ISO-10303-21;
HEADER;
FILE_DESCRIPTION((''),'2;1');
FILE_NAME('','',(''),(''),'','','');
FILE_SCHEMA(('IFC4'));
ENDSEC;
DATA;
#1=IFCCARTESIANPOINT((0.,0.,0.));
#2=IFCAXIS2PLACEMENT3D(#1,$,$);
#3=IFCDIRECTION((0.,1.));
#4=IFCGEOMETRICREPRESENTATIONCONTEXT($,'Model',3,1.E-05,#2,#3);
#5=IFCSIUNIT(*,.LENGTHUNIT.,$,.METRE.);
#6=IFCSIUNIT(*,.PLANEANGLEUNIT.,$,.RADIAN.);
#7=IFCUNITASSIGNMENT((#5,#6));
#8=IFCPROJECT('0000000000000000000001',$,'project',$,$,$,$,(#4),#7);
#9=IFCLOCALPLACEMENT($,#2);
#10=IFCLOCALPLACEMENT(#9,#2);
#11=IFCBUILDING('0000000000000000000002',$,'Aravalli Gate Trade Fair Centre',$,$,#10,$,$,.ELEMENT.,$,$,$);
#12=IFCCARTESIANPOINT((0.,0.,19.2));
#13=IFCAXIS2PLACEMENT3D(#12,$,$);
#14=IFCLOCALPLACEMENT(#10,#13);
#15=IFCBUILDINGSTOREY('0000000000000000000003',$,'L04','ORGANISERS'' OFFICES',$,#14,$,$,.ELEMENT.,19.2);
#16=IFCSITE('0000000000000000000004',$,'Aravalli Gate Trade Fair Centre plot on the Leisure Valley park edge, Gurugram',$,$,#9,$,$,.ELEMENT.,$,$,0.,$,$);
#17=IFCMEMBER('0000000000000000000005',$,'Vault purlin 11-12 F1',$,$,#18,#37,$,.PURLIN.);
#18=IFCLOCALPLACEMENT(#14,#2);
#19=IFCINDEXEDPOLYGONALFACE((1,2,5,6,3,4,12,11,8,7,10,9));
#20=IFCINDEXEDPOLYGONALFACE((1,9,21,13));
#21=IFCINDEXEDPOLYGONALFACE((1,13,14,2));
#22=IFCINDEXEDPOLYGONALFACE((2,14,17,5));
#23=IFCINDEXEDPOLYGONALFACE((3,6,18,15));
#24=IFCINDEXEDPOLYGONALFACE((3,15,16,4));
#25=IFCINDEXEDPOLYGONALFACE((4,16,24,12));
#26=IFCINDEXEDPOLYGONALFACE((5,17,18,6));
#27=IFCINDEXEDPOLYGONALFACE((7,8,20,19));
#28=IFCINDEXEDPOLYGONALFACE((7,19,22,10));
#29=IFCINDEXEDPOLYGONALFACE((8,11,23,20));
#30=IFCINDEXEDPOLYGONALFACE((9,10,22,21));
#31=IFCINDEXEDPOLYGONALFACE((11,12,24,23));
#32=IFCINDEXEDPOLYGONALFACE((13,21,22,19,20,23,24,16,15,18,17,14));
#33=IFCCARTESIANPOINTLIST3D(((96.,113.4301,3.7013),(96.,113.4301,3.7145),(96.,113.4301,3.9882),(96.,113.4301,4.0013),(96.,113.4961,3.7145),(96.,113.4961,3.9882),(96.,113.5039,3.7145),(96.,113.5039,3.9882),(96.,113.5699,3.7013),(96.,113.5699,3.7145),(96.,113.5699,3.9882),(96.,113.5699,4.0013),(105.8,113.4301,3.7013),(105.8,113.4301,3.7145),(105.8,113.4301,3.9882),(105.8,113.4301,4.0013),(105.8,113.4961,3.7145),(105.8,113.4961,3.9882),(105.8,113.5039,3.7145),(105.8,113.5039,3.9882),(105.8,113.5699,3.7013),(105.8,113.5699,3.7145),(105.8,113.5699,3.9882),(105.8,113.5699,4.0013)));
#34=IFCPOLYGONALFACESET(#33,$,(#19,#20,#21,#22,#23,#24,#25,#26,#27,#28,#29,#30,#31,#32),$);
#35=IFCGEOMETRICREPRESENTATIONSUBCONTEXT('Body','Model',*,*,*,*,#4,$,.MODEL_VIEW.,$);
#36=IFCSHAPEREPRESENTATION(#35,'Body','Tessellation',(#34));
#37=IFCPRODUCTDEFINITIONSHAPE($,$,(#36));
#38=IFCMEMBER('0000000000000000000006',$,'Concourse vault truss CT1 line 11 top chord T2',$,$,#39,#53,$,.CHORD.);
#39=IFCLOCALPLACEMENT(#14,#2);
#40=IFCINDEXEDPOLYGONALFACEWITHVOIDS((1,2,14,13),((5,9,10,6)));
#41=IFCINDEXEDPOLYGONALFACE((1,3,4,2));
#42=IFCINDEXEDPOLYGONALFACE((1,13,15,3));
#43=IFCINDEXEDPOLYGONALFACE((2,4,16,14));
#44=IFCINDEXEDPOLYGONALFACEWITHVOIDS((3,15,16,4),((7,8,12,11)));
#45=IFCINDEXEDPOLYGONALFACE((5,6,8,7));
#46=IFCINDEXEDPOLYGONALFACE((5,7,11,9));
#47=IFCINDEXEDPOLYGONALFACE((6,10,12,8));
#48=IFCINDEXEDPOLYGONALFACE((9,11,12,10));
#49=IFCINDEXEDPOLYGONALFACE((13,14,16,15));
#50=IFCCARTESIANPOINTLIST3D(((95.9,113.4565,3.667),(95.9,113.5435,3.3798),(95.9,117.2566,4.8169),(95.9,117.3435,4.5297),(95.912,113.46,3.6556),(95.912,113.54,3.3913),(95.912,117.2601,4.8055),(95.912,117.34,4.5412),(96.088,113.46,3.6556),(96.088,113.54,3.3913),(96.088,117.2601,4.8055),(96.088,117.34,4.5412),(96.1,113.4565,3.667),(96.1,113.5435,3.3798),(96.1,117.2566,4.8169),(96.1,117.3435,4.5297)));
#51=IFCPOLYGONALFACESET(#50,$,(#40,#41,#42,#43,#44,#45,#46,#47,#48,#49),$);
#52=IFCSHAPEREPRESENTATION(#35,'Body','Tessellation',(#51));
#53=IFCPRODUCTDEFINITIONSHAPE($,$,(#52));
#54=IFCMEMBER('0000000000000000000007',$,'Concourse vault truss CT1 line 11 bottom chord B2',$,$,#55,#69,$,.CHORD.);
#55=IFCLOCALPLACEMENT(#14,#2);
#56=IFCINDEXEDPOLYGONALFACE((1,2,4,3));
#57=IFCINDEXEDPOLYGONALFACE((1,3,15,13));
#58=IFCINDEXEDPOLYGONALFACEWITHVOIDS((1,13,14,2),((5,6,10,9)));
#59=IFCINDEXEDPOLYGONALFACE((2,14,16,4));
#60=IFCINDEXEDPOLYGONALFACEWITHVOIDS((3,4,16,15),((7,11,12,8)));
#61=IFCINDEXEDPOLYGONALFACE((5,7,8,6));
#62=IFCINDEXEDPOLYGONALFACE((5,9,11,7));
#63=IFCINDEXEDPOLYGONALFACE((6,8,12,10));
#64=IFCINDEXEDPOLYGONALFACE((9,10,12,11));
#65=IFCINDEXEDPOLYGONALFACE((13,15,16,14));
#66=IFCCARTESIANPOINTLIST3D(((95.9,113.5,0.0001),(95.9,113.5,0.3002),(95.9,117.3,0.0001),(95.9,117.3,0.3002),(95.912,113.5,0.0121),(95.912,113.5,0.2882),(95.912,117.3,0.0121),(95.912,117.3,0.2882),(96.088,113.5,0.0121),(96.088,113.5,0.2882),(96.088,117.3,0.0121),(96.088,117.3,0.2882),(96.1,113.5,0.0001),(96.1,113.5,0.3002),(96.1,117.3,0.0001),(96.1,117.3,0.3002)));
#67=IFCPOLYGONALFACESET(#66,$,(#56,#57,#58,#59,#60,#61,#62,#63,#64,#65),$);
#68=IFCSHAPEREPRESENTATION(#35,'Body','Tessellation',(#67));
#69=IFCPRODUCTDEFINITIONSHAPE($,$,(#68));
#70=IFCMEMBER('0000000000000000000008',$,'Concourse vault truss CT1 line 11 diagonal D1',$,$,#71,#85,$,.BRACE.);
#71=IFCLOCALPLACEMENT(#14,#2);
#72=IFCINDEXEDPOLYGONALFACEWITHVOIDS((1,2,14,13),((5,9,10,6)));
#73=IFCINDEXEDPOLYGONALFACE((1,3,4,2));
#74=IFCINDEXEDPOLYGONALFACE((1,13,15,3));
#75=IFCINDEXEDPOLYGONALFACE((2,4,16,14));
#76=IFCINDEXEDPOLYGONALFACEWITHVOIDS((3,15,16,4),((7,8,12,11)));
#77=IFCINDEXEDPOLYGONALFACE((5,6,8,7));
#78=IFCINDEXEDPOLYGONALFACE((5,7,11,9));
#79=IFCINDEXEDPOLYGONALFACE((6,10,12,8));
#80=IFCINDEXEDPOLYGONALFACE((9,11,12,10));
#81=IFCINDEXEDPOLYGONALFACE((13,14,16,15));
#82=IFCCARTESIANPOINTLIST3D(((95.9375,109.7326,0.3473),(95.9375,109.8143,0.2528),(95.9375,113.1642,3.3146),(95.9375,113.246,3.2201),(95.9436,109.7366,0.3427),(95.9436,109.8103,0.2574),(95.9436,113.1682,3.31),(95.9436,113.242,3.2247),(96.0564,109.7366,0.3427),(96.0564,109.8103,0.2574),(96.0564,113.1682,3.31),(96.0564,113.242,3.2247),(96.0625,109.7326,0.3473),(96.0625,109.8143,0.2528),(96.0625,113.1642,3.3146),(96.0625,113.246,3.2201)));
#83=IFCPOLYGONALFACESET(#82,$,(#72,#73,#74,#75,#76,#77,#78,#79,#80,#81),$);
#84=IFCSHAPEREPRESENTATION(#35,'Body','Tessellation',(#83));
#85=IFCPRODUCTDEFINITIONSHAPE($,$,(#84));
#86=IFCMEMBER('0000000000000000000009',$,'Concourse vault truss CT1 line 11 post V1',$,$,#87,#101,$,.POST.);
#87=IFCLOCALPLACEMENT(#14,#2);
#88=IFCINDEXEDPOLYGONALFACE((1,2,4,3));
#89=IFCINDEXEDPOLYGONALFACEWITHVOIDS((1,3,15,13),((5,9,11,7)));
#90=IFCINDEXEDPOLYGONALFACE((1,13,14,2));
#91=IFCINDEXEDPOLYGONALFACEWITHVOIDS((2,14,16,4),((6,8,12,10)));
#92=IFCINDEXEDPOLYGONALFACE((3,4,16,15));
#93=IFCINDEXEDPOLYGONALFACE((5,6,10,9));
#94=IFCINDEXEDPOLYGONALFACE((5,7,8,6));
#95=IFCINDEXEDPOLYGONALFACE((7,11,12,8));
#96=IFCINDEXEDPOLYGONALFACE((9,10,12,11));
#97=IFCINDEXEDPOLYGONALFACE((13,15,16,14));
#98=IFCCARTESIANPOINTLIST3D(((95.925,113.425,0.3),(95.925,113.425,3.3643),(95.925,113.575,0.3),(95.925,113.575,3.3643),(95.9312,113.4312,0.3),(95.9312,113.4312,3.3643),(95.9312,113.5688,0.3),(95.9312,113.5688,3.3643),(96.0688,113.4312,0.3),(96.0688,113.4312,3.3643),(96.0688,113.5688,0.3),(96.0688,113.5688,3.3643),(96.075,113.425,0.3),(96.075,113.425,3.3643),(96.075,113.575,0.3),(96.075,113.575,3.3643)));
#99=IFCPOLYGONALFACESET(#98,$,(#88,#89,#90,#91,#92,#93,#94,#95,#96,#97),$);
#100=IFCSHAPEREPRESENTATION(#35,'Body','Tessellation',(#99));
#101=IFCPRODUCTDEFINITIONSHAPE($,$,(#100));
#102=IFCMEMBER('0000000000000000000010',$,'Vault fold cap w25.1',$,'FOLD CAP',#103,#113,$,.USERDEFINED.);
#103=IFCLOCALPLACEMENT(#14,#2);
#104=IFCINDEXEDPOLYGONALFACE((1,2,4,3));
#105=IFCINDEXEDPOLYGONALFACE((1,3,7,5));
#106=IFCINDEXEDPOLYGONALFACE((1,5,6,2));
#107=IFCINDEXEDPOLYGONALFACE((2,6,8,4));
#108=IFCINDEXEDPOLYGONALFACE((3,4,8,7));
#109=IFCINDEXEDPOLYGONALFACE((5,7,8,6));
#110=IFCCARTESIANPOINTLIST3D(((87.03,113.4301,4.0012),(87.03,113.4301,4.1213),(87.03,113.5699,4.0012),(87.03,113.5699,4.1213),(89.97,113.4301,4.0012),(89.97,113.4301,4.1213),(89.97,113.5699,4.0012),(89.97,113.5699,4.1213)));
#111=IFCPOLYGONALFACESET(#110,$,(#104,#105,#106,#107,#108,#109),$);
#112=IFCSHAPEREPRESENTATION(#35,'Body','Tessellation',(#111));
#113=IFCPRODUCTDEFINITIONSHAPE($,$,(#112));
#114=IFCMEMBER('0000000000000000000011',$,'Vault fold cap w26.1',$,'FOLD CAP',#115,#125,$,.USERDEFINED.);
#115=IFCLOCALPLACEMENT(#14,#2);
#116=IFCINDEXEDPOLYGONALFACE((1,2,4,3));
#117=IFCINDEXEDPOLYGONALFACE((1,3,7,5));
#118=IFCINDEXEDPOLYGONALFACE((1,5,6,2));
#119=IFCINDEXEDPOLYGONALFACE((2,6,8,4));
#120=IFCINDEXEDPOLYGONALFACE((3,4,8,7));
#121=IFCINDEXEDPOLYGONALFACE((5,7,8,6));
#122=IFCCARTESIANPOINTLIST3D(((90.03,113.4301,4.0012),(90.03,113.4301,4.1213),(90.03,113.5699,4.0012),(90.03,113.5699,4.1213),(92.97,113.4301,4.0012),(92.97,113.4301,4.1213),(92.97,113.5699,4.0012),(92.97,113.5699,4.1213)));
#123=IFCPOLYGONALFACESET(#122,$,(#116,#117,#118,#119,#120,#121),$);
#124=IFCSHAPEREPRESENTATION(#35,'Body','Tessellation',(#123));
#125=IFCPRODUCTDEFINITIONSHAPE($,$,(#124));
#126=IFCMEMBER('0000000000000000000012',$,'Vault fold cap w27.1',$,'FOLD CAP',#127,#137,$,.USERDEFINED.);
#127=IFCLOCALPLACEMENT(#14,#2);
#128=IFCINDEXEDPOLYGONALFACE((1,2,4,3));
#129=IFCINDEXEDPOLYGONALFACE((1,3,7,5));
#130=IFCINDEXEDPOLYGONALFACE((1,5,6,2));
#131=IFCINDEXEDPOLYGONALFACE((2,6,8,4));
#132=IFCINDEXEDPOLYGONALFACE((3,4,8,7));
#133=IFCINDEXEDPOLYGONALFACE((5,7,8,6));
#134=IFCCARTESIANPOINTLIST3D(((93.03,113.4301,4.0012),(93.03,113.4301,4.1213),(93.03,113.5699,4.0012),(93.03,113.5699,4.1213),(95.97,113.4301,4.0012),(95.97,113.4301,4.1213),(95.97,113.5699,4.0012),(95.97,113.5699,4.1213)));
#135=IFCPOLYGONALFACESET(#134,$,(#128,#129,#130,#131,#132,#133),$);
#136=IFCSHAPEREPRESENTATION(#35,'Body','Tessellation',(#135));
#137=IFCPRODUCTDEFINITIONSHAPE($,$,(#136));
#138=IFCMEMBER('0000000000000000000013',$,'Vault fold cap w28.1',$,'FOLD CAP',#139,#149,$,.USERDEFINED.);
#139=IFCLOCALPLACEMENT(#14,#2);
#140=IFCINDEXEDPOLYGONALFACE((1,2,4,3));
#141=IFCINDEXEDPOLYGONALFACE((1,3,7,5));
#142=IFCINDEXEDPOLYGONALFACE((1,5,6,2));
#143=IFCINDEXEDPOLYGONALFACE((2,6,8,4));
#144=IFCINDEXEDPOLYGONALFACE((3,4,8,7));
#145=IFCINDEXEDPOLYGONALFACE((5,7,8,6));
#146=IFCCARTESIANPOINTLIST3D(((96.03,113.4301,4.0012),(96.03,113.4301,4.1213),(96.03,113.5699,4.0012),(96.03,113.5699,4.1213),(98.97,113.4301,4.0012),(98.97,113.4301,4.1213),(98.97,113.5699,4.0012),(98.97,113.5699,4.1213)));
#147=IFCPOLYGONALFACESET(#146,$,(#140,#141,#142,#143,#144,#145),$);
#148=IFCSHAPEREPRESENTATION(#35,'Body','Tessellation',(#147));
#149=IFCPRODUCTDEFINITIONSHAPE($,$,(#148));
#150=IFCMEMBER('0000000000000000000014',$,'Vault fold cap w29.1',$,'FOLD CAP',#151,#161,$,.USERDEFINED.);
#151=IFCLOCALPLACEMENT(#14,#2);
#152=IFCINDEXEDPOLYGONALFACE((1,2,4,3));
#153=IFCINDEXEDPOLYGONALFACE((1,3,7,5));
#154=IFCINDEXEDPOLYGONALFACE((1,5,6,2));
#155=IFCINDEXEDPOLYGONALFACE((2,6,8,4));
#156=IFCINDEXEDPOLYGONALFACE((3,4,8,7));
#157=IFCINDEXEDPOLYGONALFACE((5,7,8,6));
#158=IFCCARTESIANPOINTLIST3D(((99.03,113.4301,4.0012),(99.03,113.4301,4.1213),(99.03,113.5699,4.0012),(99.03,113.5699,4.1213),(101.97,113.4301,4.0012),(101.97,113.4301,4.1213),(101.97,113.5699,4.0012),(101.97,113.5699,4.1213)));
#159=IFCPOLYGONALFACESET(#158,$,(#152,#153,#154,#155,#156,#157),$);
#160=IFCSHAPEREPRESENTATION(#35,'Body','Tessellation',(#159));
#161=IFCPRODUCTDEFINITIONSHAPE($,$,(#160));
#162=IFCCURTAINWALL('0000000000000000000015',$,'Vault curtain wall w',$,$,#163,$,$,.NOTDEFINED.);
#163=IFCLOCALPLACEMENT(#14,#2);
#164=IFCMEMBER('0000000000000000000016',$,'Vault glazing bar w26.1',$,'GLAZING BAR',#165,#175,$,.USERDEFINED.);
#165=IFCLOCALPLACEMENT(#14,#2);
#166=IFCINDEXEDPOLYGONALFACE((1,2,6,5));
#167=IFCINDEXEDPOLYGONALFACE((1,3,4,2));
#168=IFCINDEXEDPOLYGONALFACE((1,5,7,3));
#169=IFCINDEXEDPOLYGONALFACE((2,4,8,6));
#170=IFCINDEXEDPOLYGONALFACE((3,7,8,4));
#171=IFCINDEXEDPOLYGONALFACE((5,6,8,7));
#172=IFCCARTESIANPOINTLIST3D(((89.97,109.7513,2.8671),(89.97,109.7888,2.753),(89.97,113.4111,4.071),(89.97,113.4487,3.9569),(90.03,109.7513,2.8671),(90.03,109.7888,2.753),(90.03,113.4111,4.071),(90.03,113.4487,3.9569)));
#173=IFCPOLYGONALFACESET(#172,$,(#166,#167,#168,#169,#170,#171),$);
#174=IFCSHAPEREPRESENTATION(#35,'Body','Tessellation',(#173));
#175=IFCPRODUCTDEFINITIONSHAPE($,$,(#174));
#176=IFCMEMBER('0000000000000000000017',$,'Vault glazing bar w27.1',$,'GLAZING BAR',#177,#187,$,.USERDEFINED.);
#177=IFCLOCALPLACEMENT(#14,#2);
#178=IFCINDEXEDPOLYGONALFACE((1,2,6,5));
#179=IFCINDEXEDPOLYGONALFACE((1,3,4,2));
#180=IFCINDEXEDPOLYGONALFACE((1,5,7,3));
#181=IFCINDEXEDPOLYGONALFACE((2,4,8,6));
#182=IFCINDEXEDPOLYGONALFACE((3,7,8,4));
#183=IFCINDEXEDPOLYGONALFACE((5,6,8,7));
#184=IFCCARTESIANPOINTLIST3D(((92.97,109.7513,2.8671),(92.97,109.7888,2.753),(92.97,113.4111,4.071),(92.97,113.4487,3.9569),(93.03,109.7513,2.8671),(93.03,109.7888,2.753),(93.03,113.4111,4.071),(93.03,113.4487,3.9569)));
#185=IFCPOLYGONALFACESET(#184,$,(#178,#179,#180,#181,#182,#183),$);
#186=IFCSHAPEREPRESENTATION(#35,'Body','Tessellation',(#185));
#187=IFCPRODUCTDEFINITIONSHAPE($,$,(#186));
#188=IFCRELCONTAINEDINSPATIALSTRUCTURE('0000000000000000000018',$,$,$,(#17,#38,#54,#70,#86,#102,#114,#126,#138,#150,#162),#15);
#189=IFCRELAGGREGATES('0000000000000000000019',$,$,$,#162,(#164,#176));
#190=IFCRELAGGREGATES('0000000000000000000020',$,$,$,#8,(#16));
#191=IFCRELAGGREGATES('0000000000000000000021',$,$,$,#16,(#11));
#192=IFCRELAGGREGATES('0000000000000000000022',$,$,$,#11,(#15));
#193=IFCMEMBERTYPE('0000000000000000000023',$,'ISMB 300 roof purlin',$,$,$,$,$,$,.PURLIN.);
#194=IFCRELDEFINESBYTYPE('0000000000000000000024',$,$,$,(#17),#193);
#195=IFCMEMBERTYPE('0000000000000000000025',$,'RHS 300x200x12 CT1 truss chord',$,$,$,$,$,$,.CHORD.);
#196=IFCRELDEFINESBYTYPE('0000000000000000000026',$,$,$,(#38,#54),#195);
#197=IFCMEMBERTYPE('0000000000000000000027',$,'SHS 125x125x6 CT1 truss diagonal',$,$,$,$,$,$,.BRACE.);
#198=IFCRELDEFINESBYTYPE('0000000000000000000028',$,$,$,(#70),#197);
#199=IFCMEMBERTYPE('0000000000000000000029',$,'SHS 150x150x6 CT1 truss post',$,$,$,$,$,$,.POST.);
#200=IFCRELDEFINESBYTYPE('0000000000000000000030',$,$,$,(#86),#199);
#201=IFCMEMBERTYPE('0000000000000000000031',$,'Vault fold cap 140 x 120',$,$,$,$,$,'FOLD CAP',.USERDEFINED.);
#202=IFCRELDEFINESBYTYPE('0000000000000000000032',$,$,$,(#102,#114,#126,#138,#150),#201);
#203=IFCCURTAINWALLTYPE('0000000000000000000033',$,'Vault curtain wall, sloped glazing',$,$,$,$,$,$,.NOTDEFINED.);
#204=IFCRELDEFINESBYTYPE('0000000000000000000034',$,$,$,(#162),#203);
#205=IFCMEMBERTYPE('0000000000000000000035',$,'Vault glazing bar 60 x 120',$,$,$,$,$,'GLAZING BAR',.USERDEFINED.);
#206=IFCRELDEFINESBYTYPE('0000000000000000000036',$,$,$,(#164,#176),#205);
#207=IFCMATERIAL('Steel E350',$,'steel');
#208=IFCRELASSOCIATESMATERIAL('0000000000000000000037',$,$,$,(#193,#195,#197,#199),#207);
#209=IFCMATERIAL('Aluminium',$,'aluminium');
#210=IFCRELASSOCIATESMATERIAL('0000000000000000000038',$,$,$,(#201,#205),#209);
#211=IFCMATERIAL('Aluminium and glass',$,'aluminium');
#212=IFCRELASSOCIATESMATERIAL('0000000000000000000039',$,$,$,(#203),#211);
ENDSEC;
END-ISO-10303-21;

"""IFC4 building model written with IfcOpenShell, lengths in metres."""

from ifc_helpers import new_model, si_unit, direction, frame, origin, origin_2d, place, context, subcontext, project, spatial, rectangle, hollow_rectangle, i_section, extrude, material, material_profile, profile_set, type_object, element, aggregate, save


model = new_model("IFC4")

# Units and contexts
model_context = context("Model", 3, precision=1e-05, world=origin(), true_north=direction((0.0, 1.0)))
body_context = subcontext(model_context, "Body", "Model", "MODEL_VIEW")
ifc_project = project(units=[si_unit("LENGTHUNIT", "METRE"), si_unit("PLANEANGLEUNIT", "RADIAN")], contexts=[model_context])

# Site, building, storey
site_placement = place(None, origin())
site = spatial("IfcSite", under=ifc_project, at=site_placement, Name="Aravalli Gate Trade Fair Centre plot on the Leisure Valley park edge, Gurugram", CompositionType="ELEMENT", RefElevation=0.0)
building_placement = place(site_placement, origin())
building = spatial("IfcBuilding", under=site, at=building_placement, Name="Aravalli Gate Trade Fair Centre", CompositionType="ELEMENT")
storey_placement = place(building_placement, frame((0.0, 0.0, 19.2)))
storey = spatial("IfcBuildingStorey", under=building, at=storey_placement, Name="L04", Description="ORGANISERS' OFFICES", CompositionType="ELEMENT", Elevation=19.2)

# Members
ifc_material_1 = material(Name="Steel E350", Category="steel")
ifc_material_profile_1 = material_profile(ifc_material_1, i_section(OverallWidth=0.1399, OverallDepth=0.3, WebThickness=0.0078, FlangeThickness=0.0132, at=origin_2d()), Name="ISMB 300")
ifc_profile_set_1 = profile_set([ifc_material_profile_1], Name="Steel E350")
member_type_1 = type_object("IfcMemberType", Name="ISMB 300 roof purlin", PredefinedType="PURLIN", material=ifc_profile_set_1)
member_1_placement = place(storey_placement, frame((96.0, 113.5, 3.8513), z_axis=(1.0, 0.0, 0.0), x_axis=(0.0, 1.0, 0.0)))
element("IfcMember", 1, at=member_1_placement, inside=storey, type_object=member_type_1, Name="Vault purlin 11-12 F1", PredefinedType="PURLIN", context=body_context, shape_type="SweptSolid", body=[
    extrude(i_section(OverallWidth=0.1399, OverallDepth=0.3, WebThickness=0.0078, FlangeThickness=0.0132, at=origin_2d()), origin(), (0.0, 0.0, 1.0), 9.8),
])
ifc_material_profile_2 = material_profile(ifc_material_1, hollow_rectangle(XDim=0.2, YDim=0.3, WallThickness=0.012, at=origin_2d()), Name="RHS 300x200x12")
ifc_profile_set_2 = profile_set([ifc_material_profile_2], Name="Steel E350")
member_type_2 = type_object("IfcMemberType", Name="RHS 300x200x12 CT1 truss chord", PredefinedType="CHORD", material=ifc_profile_set_2)
member_2_placement = place(storey_placement, frame((96.0, 113.5, 3.5234), z_axis=(0.0, 0.957138, 0.289632), x_axis=(-1.0, 0.0, 0.0)))
element("IfcMember", 2, at=member_2_placement, inside=storey, type_object=member_type_2, Name="Concourse vault truss CT1 line 11 top chord T2", PredefinedType="CHORD", context=body_context, shape_type="SweptSolid", body=[
    extrude(hollow_rectangle(XDim=0.2, YDim=0.3, WallThickness=0.012, at=origin_2d()), origin(), (0.0, 0.0, 1.0), 3.9702),
])
member_3_placement = place(storey_placement, frame((96.0, 113.5, 0.1501), z_axis=(0.0, 1.0, 0.0), x_axis=(-1.0, 0.0, 0.0)))
element("IfcMember", 3, at=member_3_placement, inside=storey, type_object=member_type_2, Name="Concourse vault truss CT1 line 11 bottom chord B2", PredefinedType="CHORD", context=body_context, shape_type="SweptSolid", body=[
    extrude(hollow_rectangle(XDim=0.2, YDim=0.3, WallThickness=0.012, at=origin_2d()), origin(), (0.0, 0.0, 1.0), 3.8),
])
ifc_material_profile_3 = material_profile(ifc_material_1, hollow_rectangle(XDim=0.125, YDim=0.125, WallThickness=0.0061, at=origin_2d()), Name="SHS 125x125x6")
ifc_profile_set_3 = profile_set([ifc_material_profile_3], Name="Steel E350")
member_type_3 = type_object("IfcMemberType", Name="SHS 125x125x6 CT1 truss diagonal", PredefinedType="BRACE", material=ifc_profile_set_3)
member_4_placement = place(storey_placement, frame((96.0, 109.7734, 0.3), z_axis=(0.0, 0.756431, 0.654074), x_axis=(-1.0, 0.0, 0.0)))
element("IfcMember", 4, at=member_4_placement, inside=storey, type_object=member_type_3, Name="Concourse vault truss CT1 line 11 diagonal D1", PredefinedType="BRACE", context=body_context, shape_type="SweptSolid", body=[
    extrude(hollow_rectangle(XDim=0.125, YDim=0.125, WallThickness=0.0061, at=origin_2d()), origin(), (0.0, 0.0, 1.0), 4.5366),
])
ifc_material_profile_4 = material_profile(ifc_material_1, hollow_rectangle(XDim=0.1499, YDim=0.1499, WallThickness=0.0061, at=origin_2d()), Name="SHS 150x150x6")
ifc_profile_set_4 = profile_set([ifc_material_profile_4], Name="Steel E350")
member_type_4 = type_object("IfcMemberType", Name="SHS 150x150x6 CT1 truss post", PredefinedType="POST", material=ifc_profile_set_4)
member_5_placement = place(storey_placement, frame((96.0, 113.5, 0.3), z_axis=(0.0, 0.0, 1.0), x_axis=(1.0, 0.0, 0.0)))
element("IfcMember", 5, at=member_5_placement, inside=storey, type_object=member_type_4, Name="Concourse vault truss CT1 line 11 post V1", PredefinedType="POST", context=body_context, shape_type="SweptSolid", body=[
    extrude(hollow_rectangle(XDim=0.1499, YDim=0.1499, WallThickness=0.0061, at=origin_2d()), origin(), (0.0, 0.0, 1.0), 3.0642),
])
ifc_material_2 = material(Name="Aluminium", Category="aluminium")
ifc_material_profile_5 = material_profile(ifc_material_2, rectangle(XDim=0.1399, YDim=0.1201, at=origin_2d()), Name="Vault fold cap 140 x 120")
ifc_profile_set_5 = profile_set([ifc_material_profile_5], Name="Aluminium")
member_type_5 = type_object("IfcMemberType", Name="Vault fold cap 140 x 120", ElementType="FOLD CAP", PredefinedType="USERDEFINED", material=ifc_profile_set_5)
for number, where, z_axis, x_axis, name in (
    (6, (87.03, 113.5, 4.0613), (1.0, 0.0, 0.0), (0.0, 1.0, 0.0), "Vault fold cap w25.1"),
    (7, (90.03, 113.5, 4.0613), (1.0, 0.0, 0.0), (0.0, 1.0, 0.0), "Vault fold cap w26.1"),
    (8, (93.03, 113.5, 4.0613), (1.0, 0.0, 0.0), (0.0, 1.0, 0.0), "Vault fold cap w27.1"),
    (9, (96.03, 113.5, 4.0613), (1.0, 0.0, 0.0), (0.0, 1.0, 0.0), "Vault fold cap w28.1"),
    (10, (99.03, 113.5, 4.0613), (1.0, 0.0, 0.0), (0.0, 1.0, 0.0), "Vault fold cap w29.1"),
):
    element("IfcMember", number, at=place(storey_placement, frame(where, z_axis=z_axis, x_axis=x_axis)), inside=storey, type_object=member_type_5, Name=name, ObjectType="FOLD CAP", PredefinedType="USERDEFINED", context=body_context, shape_type="SweptSolid", body=[
        extrude(rectangle(XDim=0.1399, YDim=0.1201, at=origin_2d()), origin(), (0.0, 0.0, 1.0), 2.9399),
    ])

# Curtain wall, members
ifc_material_3 = material(Name="Aluminium and glass", Category="aluminium")
curtain_wall_type = type_object("IfcCurtainWallType", Name="Vault curtain wall, sloped glazing", PredefinedType="NOTDEFINED", material=ifc_material_3)
curtain_wall_placement = place(storey_placement, origin())
curtain_wall = element("IfcCurtainWall", 11, at=curtain_wall_placement, inside=storey, type_object=curtain_wall_type, Name="Vault curtain wall w", PredefinedType="NOTDEFINED")
ifc_material_profile_6 = material_profile(ifc_material_2, rectangle(XDim=0.0601, YDim=0.1201, at=origin_2d()), Name="Vault glazing bar 60 x 120")
ifc_profile_set_6 = profile_set([ifc_material_profile_6], Name="Aluminium")
member_type_6 = type_object("IfcMemberType", Name="Vault glazing bar 60 x 120", ElementType="GLAZING BAR", PredefinedType="USERDEFINED", material=ifc_profile_set_6)
member_6_placement = place(storey_placement, frame((90.0, 109.77, 2.8101), z_axis=(0.0, 0.94993, 0.312461), x_axis=(-1.0, 0.0, 0.0)))
member_6 = element("IfcMember", 12, at=member_6_placement, type_object=member_type_6, Name="Vault glazing bar w26.1", ObjectType="GLAZING BAR", PredefinedType="USERDEFINED", context=body_context, shape_type="SweptSolid", body=[
    extrude(rectangle(XDim=0.0601, YDim=0.1201, at=origin_2d()), origin(), (0.0, 0.0, 1.0), 3.8528),
])
member_7_placement = place(storey_placement, frame((93.0, 109.77, 2.8101), z_axis=(0.0, 0.94993, 0.312461), x_axis=(-1.0, 0.0, 0.0)))
member_7 = element("IfcMember", 13, at=member_7_placement, type_object=member_type_6, Name="Vault glazing bar w27.1", ObjectType="GLAZING BAR", PredefinedType="USERDEFINED", context=body_context, shape_type="SweptSolid", body=[
    extrude(rectangle(XDim=0.0601, YDim=0.1201, at=origin_2d()), origin(), (0.0, 0.0, 1.0), 3.8528),
])
aggregate(curtain_wall, [member_6, member_7])

save(model, "model.ifc")
